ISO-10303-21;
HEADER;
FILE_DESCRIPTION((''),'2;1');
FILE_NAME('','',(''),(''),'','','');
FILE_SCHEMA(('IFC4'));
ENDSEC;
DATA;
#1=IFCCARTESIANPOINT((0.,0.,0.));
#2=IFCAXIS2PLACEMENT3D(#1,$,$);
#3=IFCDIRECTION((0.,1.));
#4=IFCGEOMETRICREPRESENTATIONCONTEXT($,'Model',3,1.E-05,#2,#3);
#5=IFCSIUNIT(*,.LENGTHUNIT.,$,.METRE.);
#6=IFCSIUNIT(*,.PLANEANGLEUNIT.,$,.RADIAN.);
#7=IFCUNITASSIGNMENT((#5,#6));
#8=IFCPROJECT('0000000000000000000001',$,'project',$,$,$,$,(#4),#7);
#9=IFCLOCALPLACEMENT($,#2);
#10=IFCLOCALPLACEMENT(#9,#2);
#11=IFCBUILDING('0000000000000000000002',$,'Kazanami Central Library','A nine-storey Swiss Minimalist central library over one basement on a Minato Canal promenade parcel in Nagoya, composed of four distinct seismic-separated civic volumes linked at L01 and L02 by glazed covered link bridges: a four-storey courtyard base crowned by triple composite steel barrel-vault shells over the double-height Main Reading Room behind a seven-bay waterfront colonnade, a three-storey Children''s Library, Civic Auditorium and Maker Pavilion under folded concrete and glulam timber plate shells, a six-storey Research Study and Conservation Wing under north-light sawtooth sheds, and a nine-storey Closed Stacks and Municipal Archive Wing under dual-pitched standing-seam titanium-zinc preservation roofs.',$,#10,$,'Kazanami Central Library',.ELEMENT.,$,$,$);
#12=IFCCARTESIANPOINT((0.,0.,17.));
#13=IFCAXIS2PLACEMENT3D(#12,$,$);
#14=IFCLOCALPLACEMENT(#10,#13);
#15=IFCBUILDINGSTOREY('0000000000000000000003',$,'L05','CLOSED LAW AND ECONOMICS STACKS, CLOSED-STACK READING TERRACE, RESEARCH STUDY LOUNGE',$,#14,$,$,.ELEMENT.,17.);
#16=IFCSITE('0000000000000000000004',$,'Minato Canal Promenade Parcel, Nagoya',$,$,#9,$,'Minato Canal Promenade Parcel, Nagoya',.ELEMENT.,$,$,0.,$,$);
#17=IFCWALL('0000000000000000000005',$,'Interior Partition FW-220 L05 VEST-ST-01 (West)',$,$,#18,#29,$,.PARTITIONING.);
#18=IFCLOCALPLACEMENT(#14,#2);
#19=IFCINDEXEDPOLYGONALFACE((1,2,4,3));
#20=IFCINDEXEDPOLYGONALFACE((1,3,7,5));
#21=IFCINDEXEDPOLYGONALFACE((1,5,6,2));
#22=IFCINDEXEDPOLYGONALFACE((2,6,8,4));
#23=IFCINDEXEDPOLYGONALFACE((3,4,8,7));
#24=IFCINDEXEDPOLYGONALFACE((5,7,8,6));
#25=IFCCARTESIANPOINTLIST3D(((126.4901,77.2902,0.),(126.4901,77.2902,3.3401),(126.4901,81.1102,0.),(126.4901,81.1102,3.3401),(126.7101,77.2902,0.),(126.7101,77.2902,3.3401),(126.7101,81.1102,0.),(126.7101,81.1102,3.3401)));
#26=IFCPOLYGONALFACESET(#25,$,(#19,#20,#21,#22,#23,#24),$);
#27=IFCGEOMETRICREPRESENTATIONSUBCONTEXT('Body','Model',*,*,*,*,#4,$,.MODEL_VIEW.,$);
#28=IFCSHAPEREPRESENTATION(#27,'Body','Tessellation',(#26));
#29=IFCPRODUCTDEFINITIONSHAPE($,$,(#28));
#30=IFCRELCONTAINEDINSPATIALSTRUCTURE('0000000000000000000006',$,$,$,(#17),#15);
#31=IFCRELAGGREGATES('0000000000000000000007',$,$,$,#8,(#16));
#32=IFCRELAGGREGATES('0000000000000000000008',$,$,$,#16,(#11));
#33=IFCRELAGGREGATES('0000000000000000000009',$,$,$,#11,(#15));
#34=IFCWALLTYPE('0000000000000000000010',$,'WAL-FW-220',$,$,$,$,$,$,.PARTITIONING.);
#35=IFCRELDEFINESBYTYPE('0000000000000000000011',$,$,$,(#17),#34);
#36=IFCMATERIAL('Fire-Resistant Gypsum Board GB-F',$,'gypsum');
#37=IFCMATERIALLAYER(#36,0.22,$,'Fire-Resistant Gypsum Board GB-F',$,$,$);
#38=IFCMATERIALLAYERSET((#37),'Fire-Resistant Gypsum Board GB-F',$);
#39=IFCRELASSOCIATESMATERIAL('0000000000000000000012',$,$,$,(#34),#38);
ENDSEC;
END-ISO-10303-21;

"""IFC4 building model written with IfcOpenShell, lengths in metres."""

from ifc_helpers import new_model, si_unit, direction, frame, frame_2d, origin, place, context, subcontext, project, spatial, rectangle, extrude, material, layer, layer_set, type_object, element, save


model = new_model("IFC4")

# Units and contexts
model_context = context("Model", 3, precision=1e-05, world=origin(), true_north=direction((0.0, 1.0)))
body_context = subcontext(model_context, "Body", "Model", "MODEL_VIEW")
ifc_project = project(units=[si_unit("LENGTHUNIT", "METRE"), si_unit("PLANEANGLEUNIT", "RADIAN")], contexts=[model_context])

# Site, building, storey
site_placement = place(None, origin())
site = spatial("IfcSite", under=ifc_project, at=site_placement, Name="Minato Canal Promenade Parcel, Nagoya", LongName="Minato Canal Promenade Parcel, Nagoya", CompositionType="ELEMENT", RefElevation=0.0)
building_placement = place(site_placement, origin())
building = spatial("IfcBuilding", under=site, at=building_placement, Name="Kazanami Central Library", Description="A nine-storey Swiss Minimalist central library over one basement on a Minato Canal promenade parcel in Nagoya, composed of four distinct seismic-separated civic volumes linked at L01 and L02 by glazed covered link bridges: a four-storey courtyard base crowned by triple composite steel barrel-vault shells over the double-height Main Reading Room behind a seven-bay waterfront colonnade, a three-storey Children's Library, Civic Auditorium and Maker Pavilion under folded concrete and glulam timber plate shells, a six-storey Research Study and Conservation Wing under north-light sawtooth sheds, and a nine-storey Closed Stacks and Municipal Archive Wing under dual-pitched standing-seam titanium-zinc preservation roofs.", LongName="Kazanami Central Library", CompositionType="ELEMENT")
storey_placement = place(building_placement, frame((0.0, 0.0, 17.0)))
storey = spatial("IfcBuildingStorey", under=building, at=storey_placement, Name="L05", Description="CLOSED LAW AND ECONOMICS STACKS, CLOSED-STACK READING TERRACE, RESEARCH STUDY LOUNGE", CompositionType="ELEMENT", Elevation=17.0)

# Shared definitions
ifc_material_1 = material(Name="Fire-Resistant Gypsum Board GB-F", Category="gypsum")
ifc_layer_1 = layer(ifc_material_1, 0.22, Name="Fire-Resistant Gypsum Board GB-F")
ifc_layer_set_1 = layer_set([ifc_layer_1], Name="Fire-Resistant Gypsum Board GB-F")
wall_type_1 = type_object("IfcWallType", Name="WAL-FW-220", PredefinedType="PARTITIONING", material=ifc_layer_set_1)

# Wall
wall_1_placement = place(storey_placement, frame((126.6001, 77.29, 0.0), z_axis=(0.0, 0.0, 1.0), x_axis=(0.0, 1.0, 0.0)))
element("IfcWall", 1, at=wall_1_placement, inside=storey, type_object=wall_type_1, Name="Interior Partition FW-220 L05 VEST-ST-01 (West)", PredefinedType="PARTITIONING", context=body_context, shape_type="SweptSolid", body=[
    extrude(rectangle(XDim=3.8201, YDim=0.22, at=frame_2d((1.9102, 0.0))), origin(), (0.0, 0.0, 1.0), 3.3401),
])

save(model, "model.ifc")
